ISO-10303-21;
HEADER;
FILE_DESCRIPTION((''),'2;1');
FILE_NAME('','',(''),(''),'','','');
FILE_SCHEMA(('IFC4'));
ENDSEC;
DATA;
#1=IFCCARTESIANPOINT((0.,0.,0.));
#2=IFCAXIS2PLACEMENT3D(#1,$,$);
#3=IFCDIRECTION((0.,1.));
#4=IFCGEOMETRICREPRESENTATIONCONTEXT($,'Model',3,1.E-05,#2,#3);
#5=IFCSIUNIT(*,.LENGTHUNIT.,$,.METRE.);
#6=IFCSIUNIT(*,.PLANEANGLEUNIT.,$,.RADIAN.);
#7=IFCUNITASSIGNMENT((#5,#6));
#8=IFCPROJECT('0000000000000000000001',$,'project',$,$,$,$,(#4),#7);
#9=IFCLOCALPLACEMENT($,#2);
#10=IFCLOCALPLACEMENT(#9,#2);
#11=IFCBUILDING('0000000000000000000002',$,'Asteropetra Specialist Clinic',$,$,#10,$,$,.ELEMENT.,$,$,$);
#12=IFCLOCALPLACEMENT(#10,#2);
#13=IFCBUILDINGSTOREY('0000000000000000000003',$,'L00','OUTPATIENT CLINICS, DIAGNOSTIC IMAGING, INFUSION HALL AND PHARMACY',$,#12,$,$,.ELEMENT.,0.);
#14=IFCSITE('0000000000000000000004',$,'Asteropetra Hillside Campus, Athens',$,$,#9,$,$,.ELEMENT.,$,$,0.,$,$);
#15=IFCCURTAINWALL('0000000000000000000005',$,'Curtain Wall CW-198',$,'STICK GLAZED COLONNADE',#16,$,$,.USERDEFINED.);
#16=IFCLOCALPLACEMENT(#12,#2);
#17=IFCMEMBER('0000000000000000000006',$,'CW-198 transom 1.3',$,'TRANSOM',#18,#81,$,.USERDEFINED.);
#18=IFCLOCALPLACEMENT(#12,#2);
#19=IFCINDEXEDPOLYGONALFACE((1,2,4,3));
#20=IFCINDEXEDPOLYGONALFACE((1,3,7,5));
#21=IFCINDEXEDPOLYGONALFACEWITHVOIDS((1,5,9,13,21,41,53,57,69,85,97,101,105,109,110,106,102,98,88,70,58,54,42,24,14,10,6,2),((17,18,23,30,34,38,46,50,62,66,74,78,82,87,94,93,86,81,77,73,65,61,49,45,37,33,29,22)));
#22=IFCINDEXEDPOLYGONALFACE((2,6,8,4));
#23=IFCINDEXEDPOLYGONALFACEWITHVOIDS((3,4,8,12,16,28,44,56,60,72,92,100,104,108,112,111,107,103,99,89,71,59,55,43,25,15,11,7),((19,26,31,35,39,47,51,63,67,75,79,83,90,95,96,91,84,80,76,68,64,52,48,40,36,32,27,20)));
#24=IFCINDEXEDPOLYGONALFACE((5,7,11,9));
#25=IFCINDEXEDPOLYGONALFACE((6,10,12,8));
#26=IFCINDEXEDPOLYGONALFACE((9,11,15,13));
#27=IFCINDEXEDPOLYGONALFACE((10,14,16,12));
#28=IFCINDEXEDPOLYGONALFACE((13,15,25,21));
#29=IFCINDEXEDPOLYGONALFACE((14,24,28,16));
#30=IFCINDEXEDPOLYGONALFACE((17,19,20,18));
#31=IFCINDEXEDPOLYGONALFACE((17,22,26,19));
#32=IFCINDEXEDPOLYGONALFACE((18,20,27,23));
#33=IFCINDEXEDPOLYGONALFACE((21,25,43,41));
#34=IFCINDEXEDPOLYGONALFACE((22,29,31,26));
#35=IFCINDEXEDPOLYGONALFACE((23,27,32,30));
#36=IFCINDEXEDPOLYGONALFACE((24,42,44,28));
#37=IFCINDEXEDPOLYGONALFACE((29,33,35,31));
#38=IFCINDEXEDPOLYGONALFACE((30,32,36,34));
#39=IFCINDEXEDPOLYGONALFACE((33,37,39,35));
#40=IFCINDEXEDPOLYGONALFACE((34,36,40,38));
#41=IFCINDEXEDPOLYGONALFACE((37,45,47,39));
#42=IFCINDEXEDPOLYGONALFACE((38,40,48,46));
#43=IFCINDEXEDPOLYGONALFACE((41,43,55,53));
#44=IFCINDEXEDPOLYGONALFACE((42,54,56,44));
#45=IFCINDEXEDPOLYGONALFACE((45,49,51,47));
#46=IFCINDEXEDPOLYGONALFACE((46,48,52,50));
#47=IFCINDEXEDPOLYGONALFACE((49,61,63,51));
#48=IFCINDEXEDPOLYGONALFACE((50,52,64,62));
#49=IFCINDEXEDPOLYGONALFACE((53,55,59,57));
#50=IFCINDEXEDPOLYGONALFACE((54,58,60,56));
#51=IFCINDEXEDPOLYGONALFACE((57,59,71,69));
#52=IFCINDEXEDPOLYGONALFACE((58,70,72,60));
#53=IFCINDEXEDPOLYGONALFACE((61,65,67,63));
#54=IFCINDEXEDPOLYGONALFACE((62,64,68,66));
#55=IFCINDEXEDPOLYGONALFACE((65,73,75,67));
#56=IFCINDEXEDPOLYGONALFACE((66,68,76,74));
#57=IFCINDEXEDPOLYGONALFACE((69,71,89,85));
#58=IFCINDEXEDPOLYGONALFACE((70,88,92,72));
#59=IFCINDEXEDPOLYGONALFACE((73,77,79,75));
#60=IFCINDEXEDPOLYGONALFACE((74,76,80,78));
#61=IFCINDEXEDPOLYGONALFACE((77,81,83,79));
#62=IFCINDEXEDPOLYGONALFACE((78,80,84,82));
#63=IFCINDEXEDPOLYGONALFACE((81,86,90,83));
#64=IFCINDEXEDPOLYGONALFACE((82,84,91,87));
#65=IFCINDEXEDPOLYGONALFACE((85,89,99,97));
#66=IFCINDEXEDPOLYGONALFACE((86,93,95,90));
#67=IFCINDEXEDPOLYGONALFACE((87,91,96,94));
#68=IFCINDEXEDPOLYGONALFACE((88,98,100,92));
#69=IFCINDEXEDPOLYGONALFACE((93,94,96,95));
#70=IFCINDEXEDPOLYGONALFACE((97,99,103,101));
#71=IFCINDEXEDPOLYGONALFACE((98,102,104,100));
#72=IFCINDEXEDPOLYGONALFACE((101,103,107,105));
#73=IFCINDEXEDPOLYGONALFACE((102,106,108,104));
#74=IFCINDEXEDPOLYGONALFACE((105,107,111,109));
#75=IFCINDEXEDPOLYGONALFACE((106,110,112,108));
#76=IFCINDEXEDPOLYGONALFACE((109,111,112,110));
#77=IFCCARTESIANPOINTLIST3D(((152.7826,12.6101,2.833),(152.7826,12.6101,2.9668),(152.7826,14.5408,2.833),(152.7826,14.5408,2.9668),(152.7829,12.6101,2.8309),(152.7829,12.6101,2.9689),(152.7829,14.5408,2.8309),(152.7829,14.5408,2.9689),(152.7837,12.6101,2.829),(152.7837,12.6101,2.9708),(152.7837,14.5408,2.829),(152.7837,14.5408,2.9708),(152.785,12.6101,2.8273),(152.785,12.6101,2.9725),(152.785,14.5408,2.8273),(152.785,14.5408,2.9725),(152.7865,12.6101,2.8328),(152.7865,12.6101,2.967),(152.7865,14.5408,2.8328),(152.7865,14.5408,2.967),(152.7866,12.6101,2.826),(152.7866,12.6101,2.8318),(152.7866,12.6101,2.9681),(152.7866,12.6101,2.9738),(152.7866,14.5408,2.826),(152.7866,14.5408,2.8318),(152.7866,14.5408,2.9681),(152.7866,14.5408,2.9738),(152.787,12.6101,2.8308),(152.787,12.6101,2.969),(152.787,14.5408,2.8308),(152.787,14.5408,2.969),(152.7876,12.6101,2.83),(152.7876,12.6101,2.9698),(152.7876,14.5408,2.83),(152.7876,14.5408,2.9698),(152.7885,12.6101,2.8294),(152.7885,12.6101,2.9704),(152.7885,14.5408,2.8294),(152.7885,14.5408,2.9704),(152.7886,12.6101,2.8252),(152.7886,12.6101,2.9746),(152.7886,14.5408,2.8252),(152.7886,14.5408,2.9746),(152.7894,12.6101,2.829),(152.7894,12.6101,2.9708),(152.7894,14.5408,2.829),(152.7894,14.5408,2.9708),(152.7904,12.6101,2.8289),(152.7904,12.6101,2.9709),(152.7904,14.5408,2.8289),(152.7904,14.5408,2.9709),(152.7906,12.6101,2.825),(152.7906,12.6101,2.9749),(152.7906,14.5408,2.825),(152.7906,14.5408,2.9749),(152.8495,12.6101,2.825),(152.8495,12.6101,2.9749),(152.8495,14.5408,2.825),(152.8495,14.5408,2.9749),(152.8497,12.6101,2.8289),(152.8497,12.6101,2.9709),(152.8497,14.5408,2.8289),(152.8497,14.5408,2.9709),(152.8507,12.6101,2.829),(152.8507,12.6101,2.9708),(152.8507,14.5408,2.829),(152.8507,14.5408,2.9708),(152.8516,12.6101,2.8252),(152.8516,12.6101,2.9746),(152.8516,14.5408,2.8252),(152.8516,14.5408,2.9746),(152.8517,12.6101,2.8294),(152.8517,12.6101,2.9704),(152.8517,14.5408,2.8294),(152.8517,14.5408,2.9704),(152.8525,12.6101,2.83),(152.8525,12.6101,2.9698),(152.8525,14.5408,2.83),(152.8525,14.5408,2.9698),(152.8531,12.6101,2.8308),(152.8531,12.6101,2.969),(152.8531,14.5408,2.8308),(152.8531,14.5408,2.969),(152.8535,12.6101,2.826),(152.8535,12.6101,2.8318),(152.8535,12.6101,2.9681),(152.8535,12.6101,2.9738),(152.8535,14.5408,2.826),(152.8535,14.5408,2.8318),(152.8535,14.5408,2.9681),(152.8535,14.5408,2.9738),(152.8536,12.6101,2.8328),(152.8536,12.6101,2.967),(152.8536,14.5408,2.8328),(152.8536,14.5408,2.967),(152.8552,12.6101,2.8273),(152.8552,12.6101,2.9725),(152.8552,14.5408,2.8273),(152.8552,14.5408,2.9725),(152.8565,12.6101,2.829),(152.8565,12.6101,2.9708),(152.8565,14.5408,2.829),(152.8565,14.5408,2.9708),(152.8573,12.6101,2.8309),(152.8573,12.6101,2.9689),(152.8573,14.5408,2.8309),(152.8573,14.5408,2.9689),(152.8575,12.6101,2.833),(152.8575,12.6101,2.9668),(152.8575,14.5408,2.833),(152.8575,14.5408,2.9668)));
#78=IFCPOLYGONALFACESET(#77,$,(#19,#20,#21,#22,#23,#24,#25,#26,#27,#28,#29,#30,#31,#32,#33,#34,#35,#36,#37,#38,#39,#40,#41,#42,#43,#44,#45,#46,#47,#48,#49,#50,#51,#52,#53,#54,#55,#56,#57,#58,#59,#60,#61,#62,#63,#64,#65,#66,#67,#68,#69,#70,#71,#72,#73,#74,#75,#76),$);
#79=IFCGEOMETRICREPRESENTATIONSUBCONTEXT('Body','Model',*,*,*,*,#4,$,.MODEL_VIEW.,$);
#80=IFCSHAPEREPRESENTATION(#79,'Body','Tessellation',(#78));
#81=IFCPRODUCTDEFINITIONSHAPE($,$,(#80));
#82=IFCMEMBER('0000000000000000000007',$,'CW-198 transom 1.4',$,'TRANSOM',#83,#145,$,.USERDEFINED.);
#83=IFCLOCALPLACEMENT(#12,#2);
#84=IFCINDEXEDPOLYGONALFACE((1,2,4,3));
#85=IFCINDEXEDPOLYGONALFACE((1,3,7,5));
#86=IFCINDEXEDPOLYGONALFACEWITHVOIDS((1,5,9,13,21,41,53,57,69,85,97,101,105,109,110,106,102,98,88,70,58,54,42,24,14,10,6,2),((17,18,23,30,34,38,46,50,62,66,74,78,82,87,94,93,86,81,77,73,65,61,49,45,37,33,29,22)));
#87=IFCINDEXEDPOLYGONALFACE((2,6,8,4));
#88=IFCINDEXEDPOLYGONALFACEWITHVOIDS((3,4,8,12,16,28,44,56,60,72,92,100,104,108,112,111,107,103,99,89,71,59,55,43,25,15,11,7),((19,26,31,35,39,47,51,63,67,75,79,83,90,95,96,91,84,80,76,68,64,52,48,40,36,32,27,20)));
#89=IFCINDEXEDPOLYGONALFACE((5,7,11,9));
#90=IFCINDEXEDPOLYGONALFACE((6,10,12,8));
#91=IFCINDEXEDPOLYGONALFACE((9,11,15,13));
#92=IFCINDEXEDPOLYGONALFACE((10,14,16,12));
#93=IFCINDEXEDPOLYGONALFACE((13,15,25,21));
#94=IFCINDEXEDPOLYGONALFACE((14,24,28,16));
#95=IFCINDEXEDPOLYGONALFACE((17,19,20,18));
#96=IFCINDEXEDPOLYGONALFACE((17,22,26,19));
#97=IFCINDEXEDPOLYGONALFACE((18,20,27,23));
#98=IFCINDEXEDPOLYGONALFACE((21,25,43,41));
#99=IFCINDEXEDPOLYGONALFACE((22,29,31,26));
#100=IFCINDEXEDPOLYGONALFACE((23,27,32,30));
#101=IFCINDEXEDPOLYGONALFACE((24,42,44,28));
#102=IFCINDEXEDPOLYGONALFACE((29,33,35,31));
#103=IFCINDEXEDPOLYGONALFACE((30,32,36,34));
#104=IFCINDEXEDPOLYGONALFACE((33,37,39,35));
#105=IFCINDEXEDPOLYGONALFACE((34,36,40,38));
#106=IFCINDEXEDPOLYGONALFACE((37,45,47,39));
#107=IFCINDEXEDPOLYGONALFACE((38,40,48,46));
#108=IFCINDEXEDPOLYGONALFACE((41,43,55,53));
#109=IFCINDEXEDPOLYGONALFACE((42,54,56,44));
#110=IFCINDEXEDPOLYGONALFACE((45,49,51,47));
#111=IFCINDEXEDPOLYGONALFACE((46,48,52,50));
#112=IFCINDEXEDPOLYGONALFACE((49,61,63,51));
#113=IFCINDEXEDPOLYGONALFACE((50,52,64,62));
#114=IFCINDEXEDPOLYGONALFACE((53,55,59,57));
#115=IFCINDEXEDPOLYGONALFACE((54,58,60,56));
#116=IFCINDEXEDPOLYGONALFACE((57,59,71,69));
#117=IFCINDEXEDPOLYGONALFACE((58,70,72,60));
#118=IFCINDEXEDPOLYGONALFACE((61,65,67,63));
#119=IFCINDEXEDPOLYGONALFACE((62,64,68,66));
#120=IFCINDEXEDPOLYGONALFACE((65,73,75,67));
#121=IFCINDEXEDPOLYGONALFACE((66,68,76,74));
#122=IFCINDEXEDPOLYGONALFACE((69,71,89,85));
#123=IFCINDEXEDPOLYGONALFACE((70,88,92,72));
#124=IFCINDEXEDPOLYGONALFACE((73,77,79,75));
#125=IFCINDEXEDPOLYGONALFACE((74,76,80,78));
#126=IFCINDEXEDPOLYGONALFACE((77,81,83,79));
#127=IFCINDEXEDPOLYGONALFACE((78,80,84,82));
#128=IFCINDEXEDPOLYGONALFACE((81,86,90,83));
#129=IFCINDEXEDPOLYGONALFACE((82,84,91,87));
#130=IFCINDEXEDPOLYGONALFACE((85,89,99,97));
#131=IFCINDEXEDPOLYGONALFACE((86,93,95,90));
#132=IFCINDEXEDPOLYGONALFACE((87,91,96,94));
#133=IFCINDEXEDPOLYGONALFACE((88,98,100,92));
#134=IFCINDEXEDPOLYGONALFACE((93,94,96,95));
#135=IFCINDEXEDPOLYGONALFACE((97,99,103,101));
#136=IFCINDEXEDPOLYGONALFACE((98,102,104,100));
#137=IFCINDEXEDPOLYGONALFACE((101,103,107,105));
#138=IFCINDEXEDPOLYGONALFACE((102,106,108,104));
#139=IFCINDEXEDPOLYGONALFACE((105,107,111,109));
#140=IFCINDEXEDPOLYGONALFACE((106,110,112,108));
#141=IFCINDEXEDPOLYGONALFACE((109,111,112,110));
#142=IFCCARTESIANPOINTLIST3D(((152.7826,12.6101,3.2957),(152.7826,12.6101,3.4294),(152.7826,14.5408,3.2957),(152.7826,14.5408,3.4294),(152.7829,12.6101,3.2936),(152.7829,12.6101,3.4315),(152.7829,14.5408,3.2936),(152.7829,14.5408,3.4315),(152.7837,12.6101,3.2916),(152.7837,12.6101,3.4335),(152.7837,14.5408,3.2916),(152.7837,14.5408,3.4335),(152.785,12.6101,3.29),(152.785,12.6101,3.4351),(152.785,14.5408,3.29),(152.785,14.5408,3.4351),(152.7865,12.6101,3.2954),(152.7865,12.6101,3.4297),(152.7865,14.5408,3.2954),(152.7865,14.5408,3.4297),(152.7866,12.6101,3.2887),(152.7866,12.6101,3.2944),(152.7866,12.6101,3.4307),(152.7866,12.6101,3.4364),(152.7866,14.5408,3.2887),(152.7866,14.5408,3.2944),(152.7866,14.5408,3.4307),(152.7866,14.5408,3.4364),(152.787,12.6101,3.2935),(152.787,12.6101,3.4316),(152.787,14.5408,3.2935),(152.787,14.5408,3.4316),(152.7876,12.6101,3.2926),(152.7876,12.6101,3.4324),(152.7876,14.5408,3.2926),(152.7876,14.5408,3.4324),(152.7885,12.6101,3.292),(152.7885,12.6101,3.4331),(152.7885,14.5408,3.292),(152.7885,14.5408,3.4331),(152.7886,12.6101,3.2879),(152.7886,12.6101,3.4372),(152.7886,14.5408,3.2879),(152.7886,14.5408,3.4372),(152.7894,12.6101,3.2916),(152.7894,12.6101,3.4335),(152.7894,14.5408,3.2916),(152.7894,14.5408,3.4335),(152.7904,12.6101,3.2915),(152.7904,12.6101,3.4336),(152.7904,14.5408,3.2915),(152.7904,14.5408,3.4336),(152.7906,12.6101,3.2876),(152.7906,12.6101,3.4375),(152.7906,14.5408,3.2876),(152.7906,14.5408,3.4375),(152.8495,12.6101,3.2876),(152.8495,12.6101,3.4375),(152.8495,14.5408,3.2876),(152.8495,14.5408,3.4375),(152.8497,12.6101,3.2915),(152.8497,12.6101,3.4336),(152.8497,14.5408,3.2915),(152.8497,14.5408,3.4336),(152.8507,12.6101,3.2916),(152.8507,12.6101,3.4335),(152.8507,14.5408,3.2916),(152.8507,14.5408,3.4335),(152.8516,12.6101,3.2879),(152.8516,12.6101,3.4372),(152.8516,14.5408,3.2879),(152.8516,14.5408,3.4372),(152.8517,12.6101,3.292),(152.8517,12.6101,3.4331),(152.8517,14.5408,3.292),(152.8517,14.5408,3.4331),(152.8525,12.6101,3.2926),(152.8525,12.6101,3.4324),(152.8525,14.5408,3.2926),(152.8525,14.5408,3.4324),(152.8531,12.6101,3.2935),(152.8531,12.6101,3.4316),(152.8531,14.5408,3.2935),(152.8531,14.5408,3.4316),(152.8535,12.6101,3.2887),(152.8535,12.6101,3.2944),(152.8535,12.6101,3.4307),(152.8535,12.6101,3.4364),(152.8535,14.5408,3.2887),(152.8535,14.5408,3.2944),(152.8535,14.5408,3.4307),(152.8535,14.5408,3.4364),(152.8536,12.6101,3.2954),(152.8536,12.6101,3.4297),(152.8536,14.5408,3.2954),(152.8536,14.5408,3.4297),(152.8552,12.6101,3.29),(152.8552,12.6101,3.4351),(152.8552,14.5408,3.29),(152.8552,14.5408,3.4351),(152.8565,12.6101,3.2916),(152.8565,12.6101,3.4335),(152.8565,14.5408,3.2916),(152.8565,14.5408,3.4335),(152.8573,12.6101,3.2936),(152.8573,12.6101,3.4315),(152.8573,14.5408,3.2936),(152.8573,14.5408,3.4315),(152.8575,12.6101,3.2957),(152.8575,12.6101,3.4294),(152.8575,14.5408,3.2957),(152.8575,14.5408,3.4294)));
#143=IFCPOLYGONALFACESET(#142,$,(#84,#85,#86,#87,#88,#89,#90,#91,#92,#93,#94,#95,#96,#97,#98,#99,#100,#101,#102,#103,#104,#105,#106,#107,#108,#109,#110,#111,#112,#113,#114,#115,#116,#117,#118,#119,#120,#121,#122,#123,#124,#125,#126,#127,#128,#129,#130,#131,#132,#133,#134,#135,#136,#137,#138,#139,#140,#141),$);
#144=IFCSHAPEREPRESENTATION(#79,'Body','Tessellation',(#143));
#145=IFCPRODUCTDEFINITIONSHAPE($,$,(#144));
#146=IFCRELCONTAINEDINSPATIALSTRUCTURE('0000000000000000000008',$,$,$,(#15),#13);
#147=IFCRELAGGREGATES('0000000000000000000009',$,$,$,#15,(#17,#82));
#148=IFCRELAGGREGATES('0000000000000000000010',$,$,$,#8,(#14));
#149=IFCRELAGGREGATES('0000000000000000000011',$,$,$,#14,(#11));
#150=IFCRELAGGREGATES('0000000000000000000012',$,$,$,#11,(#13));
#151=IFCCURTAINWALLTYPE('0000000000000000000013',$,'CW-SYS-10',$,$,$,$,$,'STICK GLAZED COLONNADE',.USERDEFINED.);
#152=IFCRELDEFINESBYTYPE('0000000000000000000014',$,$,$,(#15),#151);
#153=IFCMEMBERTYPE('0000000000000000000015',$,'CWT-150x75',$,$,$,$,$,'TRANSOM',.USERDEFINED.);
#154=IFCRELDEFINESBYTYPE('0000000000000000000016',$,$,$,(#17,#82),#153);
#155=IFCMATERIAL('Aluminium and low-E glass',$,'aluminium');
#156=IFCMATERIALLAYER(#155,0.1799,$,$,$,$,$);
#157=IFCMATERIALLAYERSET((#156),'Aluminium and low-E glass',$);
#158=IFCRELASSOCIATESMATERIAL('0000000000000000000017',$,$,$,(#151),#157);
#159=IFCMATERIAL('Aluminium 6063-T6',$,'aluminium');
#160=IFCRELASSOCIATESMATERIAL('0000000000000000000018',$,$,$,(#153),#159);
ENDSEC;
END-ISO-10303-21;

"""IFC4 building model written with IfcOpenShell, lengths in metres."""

from ifc_helpers import new_model, si_unit, direction, frame, origin, origin_2d, place, context, subcontext, project, spatial, hollow_rectangle, extrude, material, layer, layer_set, material_profile, profile_set, type_object, element, aggregate, save


model = new_model("IFC4")

# Units and contexts
model_context = context("Model", 3, precision=1e-05, world=origin(), true_north=direction((0.0, 1.0)))
body_context = subcontext(model_context, "Body", "Model", "MODEL_VIEW")
ifc_project = project(units=[si_unit("LENGTHUNIT", "METRE"), si_unit("PLANEANGLEUNIT", "RADIAN")], contexts=[model_context])

# Site, building, storey
site_placement = place(None, origin())
site = spatial("IfcSite", under=ifc_project, at=site_placement, Name="Asteropetra Hillside Campus, Athens", CompositionType="ELEMENT", RefElevation=0.0)
building_placement = place(site_placement, origin())
building = spatial("IfcBuilding", under=site, at=building_placement, Name="Asteropetra Specialist Clinic", CompositionType="ELEMENT")
storey_placement = place(building_placement, origin())
storey = spatial("IfcBuildingStorey", under=building, at=storey_placement, Name="L00", Description="OUTPATIENT CLINICS, DIAGNOSTIC IMAGING, INFUSION HALL AND PHARMACY", CompositionType="ELEMENT", Elevation=0.0)

# Shared definitions
ifc_material_1 = material(Name="Aluminium and low-E glass", Category="aluminium")
ifc_layer_1 = layer(ifc_material_1, 0.1799)
ifc_layer_set_1 = layer_set([ifc_layer_1], Name="Aluminium and low-E glass")
curtain_wall_type = type_object("IfcCurtainWallType", Name="CW-SYS-10", ElementType="STICK GLAZED COLONNADE", PredefinedType="USERDEFINED", material=ifc_layer_set_1)

# Curtain wall, members
curtain_wall_1_placement = place(storey_placement, origin())
curtain_wall_1 = element("IfcCurtainWall", 1, at=curtain_wall_1_placement, inside=storey, type_object=curtain_wall_type, Name="Curtain Wall CW-198", ObjectType="STICK GLAZED COLONNADE", PredefinedType="USERDEFINED")
ifc_material_2 = material(Name="Aluminium 6063-T6", Category="aluminium")
ifc_material_profile_1 = material_profile(ifc_material_2, hollow_rectangle(XDim=0.075, YDim=0.1499, WallThickness=0.0039, InnerFilletRadius=0.0039, OuterFilletRadius=0.0081, at=origin_2d()), Name="TRN 150x75x4.0")
ifc_profile_set_1 = profile_set([ifc_material_profile_1], Name="Aluminium 6063-T6")
member_type_1 = type_object("IfcMemberType", Name="CWT-150x75", ElementType="TRANSOM", PredefinedType="USERDEFINED", material=ifc_profile_set_1)
member_1_placement = place(storey_placement, frame((152.8201, 12.6101, 2.8999), z_axis=(0.0, 1.0, 0.0), x_axis=(-1.0, 0.0, 0.0)))
member_1 = element("IfcMember", 2, at=member_1_placement, type_object=member_type_1, Name="CW-198 transom 1.3", ObjectType="TRANSOM", PredefinedType="USERDEFINED", context=body_context, shape_type="SweptSolid", body=[
    extrude(hollow_rectangle(XDim=0.075, YDim=0.1499, WallThickness=0.0039, InnerFilletRadius=0.0039, OuterFilletRadius=0.0081, at=origin_2d()), origin(), (0.0, 0.0, 1.0), 1.9307),
])
member_2_placement = place(storey_placement, frame((152.8201, 12.6101, 3.3625), z_axis=(0.0, 1.0, 0.0), x_axis=(-1.0, 0.0, 0.0)))
member_2 = element("IfcMember", 3, at=member_2_placement, type_object=member_type_1, Name="CW-198 transom 1.4", ObjectType="TRANSOM", PredefinedType="USERDEFINED", context=body_context, shape_type="SweptSolid", body=[
    extrude(hollow_rectangle(XDim=0.075, YDim=0.1499, WallThickness=0.0039, InnerFilletRadius=0.0039, OuterFilletRadius=0.0081, at=origin_2d()), origin(), (0.0, 0.0, 1.0), 1.9307),
])
aggregate(curtain_wall_1, [member_1, member_2])

save(model, "model.ifc")
